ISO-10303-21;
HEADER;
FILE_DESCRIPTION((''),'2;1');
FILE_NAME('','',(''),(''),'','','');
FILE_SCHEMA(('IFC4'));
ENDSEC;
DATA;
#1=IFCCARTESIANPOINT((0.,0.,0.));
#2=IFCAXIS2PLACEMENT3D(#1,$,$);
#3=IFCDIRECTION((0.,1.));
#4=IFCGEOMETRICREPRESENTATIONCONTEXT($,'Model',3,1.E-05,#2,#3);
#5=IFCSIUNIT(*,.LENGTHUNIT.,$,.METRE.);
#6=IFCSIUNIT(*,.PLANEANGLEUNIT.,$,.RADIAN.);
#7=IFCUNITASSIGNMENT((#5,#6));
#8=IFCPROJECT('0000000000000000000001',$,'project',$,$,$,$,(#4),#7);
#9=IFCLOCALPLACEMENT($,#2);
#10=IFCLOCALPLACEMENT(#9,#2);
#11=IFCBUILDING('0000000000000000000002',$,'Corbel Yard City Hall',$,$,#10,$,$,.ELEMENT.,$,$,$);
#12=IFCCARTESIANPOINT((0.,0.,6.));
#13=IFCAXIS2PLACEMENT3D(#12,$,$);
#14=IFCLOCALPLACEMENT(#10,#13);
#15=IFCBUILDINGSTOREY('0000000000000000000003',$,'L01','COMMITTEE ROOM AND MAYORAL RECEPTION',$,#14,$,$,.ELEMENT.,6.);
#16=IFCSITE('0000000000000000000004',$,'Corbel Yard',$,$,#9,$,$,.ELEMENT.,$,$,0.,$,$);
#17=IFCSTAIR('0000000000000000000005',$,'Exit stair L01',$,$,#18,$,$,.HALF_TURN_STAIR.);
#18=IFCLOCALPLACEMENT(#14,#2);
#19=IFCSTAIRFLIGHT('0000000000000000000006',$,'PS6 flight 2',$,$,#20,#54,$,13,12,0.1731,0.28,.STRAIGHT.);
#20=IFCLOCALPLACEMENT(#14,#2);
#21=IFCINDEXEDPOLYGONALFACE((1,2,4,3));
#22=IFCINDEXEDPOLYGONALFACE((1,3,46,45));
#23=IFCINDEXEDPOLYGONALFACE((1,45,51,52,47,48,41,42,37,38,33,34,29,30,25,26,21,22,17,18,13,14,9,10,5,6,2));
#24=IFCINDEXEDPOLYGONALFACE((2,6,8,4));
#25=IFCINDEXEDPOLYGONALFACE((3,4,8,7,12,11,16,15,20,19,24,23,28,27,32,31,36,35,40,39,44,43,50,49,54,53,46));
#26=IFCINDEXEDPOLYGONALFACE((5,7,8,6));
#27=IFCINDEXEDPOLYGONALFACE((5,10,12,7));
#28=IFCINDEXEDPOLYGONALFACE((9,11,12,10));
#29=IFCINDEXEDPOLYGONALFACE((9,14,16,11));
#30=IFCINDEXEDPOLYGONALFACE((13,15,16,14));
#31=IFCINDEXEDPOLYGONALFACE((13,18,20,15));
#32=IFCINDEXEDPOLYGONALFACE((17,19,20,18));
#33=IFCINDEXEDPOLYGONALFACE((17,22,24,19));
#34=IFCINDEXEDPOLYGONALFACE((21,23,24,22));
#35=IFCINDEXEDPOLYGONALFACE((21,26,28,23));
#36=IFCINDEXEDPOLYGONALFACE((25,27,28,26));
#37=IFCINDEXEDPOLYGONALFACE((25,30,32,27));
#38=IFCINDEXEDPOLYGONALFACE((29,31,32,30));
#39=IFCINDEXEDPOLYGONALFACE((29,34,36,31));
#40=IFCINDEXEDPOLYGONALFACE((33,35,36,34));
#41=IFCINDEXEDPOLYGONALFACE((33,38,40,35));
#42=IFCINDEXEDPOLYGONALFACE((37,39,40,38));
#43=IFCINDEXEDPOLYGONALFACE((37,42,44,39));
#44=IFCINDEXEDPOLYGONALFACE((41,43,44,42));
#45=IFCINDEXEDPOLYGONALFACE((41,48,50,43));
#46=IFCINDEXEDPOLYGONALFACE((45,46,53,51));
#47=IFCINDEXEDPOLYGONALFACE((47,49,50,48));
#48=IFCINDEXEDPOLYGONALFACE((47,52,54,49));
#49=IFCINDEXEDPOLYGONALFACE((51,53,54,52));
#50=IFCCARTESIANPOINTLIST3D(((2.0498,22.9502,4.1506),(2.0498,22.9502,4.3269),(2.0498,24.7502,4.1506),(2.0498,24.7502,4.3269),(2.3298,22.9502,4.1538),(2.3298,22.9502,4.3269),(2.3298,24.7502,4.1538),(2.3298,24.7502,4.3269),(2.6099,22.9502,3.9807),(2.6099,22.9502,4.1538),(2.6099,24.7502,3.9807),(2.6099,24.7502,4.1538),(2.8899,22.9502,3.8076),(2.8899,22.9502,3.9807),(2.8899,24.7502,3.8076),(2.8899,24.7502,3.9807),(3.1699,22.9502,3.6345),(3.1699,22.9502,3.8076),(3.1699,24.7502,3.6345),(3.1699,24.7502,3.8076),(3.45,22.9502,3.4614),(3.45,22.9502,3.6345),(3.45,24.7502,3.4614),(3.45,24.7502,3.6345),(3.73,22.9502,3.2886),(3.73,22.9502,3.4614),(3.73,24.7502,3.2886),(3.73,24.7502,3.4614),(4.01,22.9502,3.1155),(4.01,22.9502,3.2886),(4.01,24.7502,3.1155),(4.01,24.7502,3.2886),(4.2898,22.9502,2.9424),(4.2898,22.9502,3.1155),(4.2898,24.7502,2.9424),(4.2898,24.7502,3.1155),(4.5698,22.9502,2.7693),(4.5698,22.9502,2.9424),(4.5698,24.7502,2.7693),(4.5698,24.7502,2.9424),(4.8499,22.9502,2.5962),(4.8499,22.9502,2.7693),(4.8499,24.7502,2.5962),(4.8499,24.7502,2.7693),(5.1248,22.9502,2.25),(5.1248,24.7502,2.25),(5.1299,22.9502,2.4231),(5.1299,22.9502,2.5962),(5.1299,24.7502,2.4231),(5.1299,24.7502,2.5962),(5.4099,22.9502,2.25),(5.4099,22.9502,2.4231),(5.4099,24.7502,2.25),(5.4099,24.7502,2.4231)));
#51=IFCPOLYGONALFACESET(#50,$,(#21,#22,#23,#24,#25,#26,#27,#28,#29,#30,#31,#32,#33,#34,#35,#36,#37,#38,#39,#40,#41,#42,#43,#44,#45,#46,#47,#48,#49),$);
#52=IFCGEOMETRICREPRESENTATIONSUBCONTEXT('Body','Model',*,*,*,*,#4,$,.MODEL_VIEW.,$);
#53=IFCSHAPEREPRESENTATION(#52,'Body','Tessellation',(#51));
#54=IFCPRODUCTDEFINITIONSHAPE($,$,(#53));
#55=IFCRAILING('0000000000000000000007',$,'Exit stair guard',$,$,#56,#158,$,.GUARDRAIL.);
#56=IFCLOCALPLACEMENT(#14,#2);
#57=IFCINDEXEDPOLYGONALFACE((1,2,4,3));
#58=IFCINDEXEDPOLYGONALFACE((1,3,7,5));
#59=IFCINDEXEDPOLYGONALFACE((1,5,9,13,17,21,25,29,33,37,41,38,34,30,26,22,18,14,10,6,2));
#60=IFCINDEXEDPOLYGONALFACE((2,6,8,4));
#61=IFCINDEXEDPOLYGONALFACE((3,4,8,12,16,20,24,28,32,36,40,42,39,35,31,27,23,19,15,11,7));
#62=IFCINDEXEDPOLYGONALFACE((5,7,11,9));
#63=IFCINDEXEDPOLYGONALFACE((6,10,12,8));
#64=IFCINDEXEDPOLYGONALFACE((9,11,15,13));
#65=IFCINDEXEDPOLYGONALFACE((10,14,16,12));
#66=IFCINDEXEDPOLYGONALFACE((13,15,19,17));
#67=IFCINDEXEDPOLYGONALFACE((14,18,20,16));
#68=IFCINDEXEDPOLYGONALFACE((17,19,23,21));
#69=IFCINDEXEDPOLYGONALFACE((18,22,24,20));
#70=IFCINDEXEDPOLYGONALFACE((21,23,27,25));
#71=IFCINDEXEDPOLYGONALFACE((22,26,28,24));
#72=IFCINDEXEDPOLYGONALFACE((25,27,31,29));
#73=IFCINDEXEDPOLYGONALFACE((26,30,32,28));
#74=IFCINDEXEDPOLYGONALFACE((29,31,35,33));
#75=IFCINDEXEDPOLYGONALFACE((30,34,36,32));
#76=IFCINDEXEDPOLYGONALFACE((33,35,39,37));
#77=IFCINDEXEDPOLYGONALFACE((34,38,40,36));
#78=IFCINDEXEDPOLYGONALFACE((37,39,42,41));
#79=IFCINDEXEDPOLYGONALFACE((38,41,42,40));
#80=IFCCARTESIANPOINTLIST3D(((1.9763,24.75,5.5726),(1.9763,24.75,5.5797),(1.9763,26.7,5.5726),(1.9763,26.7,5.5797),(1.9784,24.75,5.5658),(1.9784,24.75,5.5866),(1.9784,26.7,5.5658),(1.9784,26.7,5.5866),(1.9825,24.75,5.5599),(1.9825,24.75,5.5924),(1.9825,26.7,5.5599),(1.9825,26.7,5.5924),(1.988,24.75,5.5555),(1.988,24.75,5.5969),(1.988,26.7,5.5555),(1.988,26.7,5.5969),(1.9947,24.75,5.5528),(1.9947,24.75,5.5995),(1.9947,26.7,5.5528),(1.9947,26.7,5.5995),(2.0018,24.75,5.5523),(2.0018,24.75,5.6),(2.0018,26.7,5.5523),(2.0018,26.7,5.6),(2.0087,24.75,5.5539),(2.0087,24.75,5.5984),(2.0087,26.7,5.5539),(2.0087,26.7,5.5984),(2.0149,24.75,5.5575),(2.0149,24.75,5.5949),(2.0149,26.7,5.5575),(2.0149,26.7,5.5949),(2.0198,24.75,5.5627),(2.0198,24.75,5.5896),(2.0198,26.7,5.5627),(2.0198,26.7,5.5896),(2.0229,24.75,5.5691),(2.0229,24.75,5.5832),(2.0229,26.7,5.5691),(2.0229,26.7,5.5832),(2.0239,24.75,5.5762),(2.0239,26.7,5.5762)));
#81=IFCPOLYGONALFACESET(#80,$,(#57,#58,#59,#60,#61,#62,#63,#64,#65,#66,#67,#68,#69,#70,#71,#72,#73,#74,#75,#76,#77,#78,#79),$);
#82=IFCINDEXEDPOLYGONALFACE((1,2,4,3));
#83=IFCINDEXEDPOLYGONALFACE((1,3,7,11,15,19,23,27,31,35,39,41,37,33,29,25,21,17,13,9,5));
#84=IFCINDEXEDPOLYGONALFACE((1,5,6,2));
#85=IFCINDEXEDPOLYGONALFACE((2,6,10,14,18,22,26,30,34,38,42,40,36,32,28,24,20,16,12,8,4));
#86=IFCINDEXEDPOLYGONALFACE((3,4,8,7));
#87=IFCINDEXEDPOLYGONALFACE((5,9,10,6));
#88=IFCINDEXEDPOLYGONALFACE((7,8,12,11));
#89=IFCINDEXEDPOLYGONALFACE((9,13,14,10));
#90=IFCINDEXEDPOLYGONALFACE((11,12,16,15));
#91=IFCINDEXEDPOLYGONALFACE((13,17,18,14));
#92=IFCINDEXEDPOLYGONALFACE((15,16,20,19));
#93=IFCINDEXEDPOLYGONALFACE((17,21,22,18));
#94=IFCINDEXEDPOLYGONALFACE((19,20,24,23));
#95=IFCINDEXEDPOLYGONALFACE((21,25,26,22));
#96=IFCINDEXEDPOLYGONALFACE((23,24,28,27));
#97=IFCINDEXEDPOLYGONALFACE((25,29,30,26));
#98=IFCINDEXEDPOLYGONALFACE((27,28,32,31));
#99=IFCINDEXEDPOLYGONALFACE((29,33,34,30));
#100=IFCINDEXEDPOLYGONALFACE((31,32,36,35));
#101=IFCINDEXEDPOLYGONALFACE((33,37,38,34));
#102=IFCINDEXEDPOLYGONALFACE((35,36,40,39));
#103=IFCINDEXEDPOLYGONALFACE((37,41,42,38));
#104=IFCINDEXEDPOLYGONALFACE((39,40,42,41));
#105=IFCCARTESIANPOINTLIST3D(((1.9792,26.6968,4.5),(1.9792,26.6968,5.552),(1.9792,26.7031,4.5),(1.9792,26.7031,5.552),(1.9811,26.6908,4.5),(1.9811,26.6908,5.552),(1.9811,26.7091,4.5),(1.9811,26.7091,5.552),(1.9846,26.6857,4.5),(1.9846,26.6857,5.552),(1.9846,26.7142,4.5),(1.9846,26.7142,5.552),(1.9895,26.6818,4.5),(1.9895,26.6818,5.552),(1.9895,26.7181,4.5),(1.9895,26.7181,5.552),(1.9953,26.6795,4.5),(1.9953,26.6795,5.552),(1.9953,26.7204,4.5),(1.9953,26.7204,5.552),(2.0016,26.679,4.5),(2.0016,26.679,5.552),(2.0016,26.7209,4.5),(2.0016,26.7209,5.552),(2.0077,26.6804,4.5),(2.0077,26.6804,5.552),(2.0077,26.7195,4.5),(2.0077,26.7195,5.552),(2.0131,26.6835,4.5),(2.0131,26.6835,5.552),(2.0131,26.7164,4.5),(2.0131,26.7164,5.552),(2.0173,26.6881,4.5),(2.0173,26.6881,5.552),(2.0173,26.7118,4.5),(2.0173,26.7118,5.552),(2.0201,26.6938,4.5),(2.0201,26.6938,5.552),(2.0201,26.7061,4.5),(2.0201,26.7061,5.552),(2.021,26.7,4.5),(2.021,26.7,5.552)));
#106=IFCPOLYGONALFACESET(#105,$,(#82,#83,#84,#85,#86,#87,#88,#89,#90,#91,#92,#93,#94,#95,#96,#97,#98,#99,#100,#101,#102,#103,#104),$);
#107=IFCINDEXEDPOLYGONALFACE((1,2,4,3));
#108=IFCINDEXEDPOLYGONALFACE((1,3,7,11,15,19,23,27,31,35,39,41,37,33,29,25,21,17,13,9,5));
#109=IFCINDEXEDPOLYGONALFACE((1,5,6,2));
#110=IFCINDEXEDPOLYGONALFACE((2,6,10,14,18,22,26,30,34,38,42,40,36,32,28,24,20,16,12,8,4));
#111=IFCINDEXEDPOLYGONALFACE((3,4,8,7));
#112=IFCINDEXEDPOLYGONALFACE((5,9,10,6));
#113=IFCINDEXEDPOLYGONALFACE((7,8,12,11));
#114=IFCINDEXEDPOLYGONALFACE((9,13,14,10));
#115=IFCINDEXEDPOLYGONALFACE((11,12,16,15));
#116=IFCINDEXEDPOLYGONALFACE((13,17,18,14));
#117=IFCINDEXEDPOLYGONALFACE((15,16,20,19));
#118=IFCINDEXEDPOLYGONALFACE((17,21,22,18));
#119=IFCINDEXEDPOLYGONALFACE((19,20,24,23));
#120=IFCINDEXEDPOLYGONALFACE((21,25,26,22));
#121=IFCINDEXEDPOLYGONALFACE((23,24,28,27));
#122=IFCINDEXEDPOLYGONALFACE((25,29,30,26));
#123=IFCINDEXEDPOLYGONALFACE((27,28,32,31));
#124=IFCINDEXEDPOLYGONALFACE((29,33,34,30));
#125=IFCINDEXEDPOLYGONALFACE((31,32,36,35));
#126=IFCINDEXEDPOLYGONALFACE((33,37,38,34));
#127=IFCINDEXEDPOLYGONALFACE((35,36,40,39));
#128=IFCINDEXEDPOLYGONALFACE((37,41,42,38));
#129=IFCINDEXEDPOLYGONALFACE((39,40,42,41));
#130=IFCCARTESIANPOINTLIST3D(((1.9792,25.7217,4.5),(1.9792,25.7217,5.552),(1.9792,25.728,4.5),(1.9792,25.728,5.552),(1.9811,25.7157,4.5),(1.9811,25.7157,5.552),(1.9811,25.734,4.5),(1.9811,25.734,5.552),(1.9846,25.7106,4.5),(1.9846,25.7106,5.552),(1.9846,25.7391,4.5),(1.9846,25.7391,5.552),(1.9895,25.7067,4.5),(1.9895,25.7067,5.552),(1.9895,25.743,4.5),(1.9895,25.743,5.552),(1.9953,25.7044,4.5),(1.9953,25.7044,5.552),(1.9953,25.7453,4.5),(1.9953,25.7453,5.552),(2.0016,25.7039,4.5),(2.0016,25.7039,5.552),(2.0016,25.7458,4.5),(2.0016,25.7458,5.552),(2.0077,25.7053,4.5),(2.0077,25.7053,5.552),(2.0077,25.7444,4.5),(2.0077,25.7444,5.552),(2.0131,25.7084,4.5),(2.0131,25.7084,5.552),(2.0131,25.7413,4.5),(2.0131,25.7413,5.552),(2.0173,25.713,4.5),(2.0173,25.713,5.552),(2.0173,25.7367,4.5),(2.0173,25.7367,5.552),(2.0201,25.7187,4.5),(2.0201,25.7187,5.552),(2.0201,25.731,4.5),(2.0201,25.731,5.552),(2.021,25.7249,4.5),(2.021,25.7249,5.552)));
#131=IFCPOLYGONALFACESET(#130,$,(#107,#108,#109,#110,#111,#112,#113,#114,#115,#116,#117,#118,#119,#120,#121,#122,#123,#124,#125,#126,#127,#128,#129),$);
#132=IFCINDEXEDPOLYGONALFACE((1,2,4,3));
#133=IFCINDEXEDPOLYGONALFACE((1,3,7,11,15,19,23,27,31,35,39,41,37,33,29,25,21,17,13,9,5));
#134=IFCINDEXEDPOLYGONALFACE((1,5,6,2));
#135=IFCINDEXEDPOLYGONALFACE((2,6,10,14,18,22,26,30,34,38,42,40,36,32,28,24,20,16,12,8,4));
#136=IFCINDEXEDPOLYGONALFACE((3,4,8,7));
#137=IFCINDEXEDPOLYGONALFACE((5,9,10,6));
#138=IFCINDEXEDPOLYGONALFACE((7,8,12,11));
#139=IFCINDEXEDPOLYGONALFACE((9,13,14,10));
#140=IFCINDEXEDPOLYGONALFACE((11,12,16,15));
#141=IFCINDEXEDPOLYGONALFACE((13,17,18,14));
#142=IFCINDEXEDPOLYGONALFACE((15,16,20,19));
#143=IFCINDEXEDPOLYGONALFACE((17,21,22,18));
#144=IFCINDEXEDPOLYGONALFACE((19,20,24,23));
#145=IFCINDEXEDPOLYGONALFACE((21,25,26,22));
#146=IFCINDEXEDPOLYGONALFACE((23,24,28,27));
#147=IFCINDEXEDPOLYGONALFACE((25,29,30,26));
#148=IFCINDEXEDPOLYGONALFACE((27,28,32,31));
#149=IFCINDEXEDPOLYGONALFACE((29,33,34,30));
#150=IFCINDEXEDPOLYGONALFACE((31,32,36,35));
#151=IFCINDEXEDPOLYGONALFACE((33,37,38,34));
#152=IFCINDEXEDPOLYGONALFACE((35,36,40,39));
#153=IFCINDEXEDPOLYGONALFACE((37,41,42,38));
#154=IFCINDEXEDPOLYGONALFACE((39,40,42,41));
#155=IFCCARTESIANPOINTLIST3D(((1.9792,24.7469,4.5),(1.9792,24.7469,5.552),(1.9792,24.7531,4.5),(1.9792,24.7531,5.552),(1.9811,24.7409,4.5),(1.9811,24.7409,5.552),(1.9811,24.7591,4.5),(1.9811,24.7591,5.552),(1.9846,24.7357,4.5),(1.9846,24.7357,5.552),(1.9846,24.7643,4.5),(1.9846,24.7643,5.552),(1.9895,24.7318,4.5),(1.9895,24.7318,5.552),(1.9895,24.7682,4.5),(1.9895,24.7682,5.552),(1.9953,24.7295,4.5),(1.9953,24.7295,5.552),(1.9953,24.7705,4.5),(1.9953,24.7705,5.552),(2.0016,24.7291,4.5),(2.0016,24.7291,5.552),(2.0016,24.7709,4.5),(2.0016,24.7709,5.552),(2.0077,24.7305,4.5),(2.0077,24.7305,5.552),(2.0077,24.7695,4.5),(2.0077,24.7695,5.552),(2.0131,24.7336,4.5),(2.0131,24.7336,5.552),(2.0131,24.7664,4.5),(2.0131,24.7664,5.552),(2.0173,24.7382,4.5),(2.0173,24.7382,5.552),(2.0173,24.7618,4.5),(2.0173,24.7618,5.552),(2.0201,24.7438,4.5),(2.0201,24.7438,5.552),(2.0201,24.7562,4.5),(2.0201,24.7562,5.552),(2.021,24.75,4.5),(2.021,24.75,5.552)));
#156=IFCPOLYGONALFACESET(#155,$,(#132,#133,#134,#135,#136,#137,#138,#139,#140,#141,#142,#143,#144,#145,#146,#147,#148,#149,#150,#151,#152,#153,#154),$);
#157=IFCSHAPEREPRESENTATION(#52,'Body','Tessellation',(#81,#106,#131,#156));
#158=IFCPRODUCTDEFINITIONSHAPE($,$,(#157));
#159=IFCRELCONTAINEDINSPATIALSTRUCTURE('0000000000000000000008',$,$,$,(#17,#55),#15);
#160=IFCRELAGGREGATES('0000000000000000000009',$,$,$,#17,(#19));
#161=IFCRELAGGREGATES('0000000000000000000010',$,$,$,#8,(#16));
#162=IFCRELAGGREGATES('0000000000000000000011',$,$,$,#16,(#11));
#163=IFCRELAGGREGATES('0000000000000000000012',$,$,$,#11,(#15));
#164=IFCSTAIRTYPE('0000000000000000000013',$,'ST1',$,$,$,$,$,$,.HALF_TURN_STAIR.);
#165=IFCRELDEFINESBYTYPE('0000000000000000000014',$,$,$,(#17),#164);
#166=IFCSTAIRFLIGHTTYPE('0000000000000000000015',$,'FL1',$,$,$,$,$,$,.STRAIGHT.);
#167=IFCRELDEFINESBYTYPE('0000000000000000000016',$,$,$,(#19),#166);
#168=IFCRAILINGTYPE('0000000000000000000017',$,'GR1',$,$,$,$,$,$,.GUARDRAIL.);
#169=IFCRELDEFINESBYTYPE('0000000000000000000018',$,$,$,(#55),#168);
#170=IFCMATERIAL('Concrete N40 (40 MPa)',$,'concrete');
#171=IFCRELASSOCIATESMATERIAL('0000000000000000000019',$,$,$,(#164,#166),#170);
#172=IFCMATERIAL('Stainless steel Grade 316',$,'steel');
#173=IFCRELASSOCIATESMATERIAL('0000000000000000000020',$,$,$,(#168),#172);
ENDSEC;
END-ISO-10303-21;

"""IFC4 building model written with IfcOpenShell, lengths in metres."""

from ifc_helpers import new_model, si_unit, direction, frame, origin, origin_2d, place, context, subcontext, project, spatial, polyline, circle, outline, extrude, material, type_object, element, aggregate, save


model = new_model("IFC4")

# Units and contexts
model_context = context("Model", 3, precision=1e-05, world=origin(), true_north=direction((0.0, 1.0)))
body_context = subcontext(model_context, "Body", "Model", "MODEL_VIEW")
ifc_project = project(units=[si_unit("LENGTHUNIT", "METRE"), si_unit("PLANEANGLEUNIT", "RADIAN")], contexts=[model_context])

# Site, building, storey
site_placement = place(None, origin())
site = spatial("IfcSite", under=ifc_project, at=site_placement, Name="Corbel Yard", CompositionType="ELEMENT", RefElevation=0.0)
building_placement = place(site_placement, origin())
building = spatial("IfcBuilding", under=site, at=building_placement, Name="Corbel Yard City Hall", CompositionType="ELEMENT")
storey_placement = place(building_placement, frame((0.0, 0.0, 6.0)))
storey = spatial("IfcBuildingStorey", under=building, at=storey_placement, Name="L01", Description="COMMITTEE ROOM AND MAYORAL RECEPTION", CompositionType="ELEMENT", Elevation=6.0)

# Shared definitions
ifc_material_1 = material(Name="Concrete N40 (40 MPa)", Category="concrete")

# Stair, stair flight
stair_type = type_object("IfcStairType", Name="ST1", PredefinedType="HALF_TURN_STAIR", material=ifc_material_1)
stair_placement = place(storey_placement, origin())
stair = element("IfcStair", 1, at=stair_placement, inside=storey, type_object=stair_type, Name="Exit stair L01", PredefinedType="HALF_TURN_STAIR")
stair_flight_type = type_object("IfcStairFlightType", Name="FL1", PredefinedType="STRAIGHT", material=ifc_material_1)
stair_flight_1_placement = place(storey_placement, frame((5.4099, 23.8501, 2.25), z_axis=(0.0, 0.0, 1.0), x_axis=(-1.0, 0.0, 0.0)))
stair_flight_1 = element("IfcStairFlight", 2, at=stair_flight_1_placement, type_object=stair_flight_type, Name="PS6 flight 2", NumberOfRisers=13, NumberOfTreads=12, PredefinedType="STRAIGHT", RiserHeight=0.1731, TreadLength=0.28, context=body_context, shape_type="SweptSolid", body=[
    extrude(outline(polyline([(0.0, 0.0), (0.0, 0.1731), (0.28, 0.1731), (0.28, 0.3462), (0.5601, 0.3462), (0.5601, 0.5193), (0.8401, 0.5193), (0.8401, 0.6924), (1.1201, 0.6924), (1.1201, 0.8655), (1.3999, 0.8655), (1.3999, 1.0386), (1.6799, 1.0386), (1.6799, 1.2114), (1.96, 1.2114), (1.96, 1.3845), (2.24, 1.3845), (2.24, 1.5576), (2.52, 1.5576), (2.52, 1.7307), (2.8, 1.7307), (2.8, 1.9038), (3.0801, 1.9038), (3.0801, 2.0769), (3.3601, 2.0769), (3.3601, 2.25), (3.3601, 1.9006), (0.2852, 0.0), (0.0, 0.0)])), frame((0.0, 0.8999, 0.0), z_axis=(0.0, -1.0, 0.0), x_axis=(1.0, 0.0, 0.0)), (0.0, 0.0, 1.0), 1.8),
])
aggregate(stair, [stair_flight_1])

# Railing
ifc_material_2 = material(Name="Stainless steel Grade 316", Category="steel")
railing_type_1 = type_object("IfcRailingType", Name="GR1", PredefinedType="GUARDRAIL", material=ifc_material_2)
railing_placement = place(storey_placement, frame((2.0, 26.7, 4.5)))
element("IfcRailing", 3, at=railing_placement, inside=storey, type_object=railing_type_1, Name="Exit stair guard", PredefinedType="GUARDRAIL", context=body_context, shape_type="SweptSolid", body=[
    extrude(circle(Radius=0.0239, at=origin_2d()), frame((0.0, 0.0, 1.0762), z_axis=(0.0, -1.0, 0.0), x_axis=(1.0, 0.0, 0.0)), (0.0, 0.0, 1.0), 1.95),
    extrude(circle(Radius=0.021, at=origin_2d()), origin(), (0.0, 0.0, 1.0), 1.052),
    extrude(circle(Radius=0.021, at=origin_2d()), frame((0.0, -0.9751, 0.0)), (0.0, 0.0, 1.0), 1.052),
    extrude(circle(Radius=0.021, at=origin_2d()), frame((0.0, -1.95, 0.0)), (0.0, 0.0, 1.0), 1.052),
])

save(model, "model.ifc")
